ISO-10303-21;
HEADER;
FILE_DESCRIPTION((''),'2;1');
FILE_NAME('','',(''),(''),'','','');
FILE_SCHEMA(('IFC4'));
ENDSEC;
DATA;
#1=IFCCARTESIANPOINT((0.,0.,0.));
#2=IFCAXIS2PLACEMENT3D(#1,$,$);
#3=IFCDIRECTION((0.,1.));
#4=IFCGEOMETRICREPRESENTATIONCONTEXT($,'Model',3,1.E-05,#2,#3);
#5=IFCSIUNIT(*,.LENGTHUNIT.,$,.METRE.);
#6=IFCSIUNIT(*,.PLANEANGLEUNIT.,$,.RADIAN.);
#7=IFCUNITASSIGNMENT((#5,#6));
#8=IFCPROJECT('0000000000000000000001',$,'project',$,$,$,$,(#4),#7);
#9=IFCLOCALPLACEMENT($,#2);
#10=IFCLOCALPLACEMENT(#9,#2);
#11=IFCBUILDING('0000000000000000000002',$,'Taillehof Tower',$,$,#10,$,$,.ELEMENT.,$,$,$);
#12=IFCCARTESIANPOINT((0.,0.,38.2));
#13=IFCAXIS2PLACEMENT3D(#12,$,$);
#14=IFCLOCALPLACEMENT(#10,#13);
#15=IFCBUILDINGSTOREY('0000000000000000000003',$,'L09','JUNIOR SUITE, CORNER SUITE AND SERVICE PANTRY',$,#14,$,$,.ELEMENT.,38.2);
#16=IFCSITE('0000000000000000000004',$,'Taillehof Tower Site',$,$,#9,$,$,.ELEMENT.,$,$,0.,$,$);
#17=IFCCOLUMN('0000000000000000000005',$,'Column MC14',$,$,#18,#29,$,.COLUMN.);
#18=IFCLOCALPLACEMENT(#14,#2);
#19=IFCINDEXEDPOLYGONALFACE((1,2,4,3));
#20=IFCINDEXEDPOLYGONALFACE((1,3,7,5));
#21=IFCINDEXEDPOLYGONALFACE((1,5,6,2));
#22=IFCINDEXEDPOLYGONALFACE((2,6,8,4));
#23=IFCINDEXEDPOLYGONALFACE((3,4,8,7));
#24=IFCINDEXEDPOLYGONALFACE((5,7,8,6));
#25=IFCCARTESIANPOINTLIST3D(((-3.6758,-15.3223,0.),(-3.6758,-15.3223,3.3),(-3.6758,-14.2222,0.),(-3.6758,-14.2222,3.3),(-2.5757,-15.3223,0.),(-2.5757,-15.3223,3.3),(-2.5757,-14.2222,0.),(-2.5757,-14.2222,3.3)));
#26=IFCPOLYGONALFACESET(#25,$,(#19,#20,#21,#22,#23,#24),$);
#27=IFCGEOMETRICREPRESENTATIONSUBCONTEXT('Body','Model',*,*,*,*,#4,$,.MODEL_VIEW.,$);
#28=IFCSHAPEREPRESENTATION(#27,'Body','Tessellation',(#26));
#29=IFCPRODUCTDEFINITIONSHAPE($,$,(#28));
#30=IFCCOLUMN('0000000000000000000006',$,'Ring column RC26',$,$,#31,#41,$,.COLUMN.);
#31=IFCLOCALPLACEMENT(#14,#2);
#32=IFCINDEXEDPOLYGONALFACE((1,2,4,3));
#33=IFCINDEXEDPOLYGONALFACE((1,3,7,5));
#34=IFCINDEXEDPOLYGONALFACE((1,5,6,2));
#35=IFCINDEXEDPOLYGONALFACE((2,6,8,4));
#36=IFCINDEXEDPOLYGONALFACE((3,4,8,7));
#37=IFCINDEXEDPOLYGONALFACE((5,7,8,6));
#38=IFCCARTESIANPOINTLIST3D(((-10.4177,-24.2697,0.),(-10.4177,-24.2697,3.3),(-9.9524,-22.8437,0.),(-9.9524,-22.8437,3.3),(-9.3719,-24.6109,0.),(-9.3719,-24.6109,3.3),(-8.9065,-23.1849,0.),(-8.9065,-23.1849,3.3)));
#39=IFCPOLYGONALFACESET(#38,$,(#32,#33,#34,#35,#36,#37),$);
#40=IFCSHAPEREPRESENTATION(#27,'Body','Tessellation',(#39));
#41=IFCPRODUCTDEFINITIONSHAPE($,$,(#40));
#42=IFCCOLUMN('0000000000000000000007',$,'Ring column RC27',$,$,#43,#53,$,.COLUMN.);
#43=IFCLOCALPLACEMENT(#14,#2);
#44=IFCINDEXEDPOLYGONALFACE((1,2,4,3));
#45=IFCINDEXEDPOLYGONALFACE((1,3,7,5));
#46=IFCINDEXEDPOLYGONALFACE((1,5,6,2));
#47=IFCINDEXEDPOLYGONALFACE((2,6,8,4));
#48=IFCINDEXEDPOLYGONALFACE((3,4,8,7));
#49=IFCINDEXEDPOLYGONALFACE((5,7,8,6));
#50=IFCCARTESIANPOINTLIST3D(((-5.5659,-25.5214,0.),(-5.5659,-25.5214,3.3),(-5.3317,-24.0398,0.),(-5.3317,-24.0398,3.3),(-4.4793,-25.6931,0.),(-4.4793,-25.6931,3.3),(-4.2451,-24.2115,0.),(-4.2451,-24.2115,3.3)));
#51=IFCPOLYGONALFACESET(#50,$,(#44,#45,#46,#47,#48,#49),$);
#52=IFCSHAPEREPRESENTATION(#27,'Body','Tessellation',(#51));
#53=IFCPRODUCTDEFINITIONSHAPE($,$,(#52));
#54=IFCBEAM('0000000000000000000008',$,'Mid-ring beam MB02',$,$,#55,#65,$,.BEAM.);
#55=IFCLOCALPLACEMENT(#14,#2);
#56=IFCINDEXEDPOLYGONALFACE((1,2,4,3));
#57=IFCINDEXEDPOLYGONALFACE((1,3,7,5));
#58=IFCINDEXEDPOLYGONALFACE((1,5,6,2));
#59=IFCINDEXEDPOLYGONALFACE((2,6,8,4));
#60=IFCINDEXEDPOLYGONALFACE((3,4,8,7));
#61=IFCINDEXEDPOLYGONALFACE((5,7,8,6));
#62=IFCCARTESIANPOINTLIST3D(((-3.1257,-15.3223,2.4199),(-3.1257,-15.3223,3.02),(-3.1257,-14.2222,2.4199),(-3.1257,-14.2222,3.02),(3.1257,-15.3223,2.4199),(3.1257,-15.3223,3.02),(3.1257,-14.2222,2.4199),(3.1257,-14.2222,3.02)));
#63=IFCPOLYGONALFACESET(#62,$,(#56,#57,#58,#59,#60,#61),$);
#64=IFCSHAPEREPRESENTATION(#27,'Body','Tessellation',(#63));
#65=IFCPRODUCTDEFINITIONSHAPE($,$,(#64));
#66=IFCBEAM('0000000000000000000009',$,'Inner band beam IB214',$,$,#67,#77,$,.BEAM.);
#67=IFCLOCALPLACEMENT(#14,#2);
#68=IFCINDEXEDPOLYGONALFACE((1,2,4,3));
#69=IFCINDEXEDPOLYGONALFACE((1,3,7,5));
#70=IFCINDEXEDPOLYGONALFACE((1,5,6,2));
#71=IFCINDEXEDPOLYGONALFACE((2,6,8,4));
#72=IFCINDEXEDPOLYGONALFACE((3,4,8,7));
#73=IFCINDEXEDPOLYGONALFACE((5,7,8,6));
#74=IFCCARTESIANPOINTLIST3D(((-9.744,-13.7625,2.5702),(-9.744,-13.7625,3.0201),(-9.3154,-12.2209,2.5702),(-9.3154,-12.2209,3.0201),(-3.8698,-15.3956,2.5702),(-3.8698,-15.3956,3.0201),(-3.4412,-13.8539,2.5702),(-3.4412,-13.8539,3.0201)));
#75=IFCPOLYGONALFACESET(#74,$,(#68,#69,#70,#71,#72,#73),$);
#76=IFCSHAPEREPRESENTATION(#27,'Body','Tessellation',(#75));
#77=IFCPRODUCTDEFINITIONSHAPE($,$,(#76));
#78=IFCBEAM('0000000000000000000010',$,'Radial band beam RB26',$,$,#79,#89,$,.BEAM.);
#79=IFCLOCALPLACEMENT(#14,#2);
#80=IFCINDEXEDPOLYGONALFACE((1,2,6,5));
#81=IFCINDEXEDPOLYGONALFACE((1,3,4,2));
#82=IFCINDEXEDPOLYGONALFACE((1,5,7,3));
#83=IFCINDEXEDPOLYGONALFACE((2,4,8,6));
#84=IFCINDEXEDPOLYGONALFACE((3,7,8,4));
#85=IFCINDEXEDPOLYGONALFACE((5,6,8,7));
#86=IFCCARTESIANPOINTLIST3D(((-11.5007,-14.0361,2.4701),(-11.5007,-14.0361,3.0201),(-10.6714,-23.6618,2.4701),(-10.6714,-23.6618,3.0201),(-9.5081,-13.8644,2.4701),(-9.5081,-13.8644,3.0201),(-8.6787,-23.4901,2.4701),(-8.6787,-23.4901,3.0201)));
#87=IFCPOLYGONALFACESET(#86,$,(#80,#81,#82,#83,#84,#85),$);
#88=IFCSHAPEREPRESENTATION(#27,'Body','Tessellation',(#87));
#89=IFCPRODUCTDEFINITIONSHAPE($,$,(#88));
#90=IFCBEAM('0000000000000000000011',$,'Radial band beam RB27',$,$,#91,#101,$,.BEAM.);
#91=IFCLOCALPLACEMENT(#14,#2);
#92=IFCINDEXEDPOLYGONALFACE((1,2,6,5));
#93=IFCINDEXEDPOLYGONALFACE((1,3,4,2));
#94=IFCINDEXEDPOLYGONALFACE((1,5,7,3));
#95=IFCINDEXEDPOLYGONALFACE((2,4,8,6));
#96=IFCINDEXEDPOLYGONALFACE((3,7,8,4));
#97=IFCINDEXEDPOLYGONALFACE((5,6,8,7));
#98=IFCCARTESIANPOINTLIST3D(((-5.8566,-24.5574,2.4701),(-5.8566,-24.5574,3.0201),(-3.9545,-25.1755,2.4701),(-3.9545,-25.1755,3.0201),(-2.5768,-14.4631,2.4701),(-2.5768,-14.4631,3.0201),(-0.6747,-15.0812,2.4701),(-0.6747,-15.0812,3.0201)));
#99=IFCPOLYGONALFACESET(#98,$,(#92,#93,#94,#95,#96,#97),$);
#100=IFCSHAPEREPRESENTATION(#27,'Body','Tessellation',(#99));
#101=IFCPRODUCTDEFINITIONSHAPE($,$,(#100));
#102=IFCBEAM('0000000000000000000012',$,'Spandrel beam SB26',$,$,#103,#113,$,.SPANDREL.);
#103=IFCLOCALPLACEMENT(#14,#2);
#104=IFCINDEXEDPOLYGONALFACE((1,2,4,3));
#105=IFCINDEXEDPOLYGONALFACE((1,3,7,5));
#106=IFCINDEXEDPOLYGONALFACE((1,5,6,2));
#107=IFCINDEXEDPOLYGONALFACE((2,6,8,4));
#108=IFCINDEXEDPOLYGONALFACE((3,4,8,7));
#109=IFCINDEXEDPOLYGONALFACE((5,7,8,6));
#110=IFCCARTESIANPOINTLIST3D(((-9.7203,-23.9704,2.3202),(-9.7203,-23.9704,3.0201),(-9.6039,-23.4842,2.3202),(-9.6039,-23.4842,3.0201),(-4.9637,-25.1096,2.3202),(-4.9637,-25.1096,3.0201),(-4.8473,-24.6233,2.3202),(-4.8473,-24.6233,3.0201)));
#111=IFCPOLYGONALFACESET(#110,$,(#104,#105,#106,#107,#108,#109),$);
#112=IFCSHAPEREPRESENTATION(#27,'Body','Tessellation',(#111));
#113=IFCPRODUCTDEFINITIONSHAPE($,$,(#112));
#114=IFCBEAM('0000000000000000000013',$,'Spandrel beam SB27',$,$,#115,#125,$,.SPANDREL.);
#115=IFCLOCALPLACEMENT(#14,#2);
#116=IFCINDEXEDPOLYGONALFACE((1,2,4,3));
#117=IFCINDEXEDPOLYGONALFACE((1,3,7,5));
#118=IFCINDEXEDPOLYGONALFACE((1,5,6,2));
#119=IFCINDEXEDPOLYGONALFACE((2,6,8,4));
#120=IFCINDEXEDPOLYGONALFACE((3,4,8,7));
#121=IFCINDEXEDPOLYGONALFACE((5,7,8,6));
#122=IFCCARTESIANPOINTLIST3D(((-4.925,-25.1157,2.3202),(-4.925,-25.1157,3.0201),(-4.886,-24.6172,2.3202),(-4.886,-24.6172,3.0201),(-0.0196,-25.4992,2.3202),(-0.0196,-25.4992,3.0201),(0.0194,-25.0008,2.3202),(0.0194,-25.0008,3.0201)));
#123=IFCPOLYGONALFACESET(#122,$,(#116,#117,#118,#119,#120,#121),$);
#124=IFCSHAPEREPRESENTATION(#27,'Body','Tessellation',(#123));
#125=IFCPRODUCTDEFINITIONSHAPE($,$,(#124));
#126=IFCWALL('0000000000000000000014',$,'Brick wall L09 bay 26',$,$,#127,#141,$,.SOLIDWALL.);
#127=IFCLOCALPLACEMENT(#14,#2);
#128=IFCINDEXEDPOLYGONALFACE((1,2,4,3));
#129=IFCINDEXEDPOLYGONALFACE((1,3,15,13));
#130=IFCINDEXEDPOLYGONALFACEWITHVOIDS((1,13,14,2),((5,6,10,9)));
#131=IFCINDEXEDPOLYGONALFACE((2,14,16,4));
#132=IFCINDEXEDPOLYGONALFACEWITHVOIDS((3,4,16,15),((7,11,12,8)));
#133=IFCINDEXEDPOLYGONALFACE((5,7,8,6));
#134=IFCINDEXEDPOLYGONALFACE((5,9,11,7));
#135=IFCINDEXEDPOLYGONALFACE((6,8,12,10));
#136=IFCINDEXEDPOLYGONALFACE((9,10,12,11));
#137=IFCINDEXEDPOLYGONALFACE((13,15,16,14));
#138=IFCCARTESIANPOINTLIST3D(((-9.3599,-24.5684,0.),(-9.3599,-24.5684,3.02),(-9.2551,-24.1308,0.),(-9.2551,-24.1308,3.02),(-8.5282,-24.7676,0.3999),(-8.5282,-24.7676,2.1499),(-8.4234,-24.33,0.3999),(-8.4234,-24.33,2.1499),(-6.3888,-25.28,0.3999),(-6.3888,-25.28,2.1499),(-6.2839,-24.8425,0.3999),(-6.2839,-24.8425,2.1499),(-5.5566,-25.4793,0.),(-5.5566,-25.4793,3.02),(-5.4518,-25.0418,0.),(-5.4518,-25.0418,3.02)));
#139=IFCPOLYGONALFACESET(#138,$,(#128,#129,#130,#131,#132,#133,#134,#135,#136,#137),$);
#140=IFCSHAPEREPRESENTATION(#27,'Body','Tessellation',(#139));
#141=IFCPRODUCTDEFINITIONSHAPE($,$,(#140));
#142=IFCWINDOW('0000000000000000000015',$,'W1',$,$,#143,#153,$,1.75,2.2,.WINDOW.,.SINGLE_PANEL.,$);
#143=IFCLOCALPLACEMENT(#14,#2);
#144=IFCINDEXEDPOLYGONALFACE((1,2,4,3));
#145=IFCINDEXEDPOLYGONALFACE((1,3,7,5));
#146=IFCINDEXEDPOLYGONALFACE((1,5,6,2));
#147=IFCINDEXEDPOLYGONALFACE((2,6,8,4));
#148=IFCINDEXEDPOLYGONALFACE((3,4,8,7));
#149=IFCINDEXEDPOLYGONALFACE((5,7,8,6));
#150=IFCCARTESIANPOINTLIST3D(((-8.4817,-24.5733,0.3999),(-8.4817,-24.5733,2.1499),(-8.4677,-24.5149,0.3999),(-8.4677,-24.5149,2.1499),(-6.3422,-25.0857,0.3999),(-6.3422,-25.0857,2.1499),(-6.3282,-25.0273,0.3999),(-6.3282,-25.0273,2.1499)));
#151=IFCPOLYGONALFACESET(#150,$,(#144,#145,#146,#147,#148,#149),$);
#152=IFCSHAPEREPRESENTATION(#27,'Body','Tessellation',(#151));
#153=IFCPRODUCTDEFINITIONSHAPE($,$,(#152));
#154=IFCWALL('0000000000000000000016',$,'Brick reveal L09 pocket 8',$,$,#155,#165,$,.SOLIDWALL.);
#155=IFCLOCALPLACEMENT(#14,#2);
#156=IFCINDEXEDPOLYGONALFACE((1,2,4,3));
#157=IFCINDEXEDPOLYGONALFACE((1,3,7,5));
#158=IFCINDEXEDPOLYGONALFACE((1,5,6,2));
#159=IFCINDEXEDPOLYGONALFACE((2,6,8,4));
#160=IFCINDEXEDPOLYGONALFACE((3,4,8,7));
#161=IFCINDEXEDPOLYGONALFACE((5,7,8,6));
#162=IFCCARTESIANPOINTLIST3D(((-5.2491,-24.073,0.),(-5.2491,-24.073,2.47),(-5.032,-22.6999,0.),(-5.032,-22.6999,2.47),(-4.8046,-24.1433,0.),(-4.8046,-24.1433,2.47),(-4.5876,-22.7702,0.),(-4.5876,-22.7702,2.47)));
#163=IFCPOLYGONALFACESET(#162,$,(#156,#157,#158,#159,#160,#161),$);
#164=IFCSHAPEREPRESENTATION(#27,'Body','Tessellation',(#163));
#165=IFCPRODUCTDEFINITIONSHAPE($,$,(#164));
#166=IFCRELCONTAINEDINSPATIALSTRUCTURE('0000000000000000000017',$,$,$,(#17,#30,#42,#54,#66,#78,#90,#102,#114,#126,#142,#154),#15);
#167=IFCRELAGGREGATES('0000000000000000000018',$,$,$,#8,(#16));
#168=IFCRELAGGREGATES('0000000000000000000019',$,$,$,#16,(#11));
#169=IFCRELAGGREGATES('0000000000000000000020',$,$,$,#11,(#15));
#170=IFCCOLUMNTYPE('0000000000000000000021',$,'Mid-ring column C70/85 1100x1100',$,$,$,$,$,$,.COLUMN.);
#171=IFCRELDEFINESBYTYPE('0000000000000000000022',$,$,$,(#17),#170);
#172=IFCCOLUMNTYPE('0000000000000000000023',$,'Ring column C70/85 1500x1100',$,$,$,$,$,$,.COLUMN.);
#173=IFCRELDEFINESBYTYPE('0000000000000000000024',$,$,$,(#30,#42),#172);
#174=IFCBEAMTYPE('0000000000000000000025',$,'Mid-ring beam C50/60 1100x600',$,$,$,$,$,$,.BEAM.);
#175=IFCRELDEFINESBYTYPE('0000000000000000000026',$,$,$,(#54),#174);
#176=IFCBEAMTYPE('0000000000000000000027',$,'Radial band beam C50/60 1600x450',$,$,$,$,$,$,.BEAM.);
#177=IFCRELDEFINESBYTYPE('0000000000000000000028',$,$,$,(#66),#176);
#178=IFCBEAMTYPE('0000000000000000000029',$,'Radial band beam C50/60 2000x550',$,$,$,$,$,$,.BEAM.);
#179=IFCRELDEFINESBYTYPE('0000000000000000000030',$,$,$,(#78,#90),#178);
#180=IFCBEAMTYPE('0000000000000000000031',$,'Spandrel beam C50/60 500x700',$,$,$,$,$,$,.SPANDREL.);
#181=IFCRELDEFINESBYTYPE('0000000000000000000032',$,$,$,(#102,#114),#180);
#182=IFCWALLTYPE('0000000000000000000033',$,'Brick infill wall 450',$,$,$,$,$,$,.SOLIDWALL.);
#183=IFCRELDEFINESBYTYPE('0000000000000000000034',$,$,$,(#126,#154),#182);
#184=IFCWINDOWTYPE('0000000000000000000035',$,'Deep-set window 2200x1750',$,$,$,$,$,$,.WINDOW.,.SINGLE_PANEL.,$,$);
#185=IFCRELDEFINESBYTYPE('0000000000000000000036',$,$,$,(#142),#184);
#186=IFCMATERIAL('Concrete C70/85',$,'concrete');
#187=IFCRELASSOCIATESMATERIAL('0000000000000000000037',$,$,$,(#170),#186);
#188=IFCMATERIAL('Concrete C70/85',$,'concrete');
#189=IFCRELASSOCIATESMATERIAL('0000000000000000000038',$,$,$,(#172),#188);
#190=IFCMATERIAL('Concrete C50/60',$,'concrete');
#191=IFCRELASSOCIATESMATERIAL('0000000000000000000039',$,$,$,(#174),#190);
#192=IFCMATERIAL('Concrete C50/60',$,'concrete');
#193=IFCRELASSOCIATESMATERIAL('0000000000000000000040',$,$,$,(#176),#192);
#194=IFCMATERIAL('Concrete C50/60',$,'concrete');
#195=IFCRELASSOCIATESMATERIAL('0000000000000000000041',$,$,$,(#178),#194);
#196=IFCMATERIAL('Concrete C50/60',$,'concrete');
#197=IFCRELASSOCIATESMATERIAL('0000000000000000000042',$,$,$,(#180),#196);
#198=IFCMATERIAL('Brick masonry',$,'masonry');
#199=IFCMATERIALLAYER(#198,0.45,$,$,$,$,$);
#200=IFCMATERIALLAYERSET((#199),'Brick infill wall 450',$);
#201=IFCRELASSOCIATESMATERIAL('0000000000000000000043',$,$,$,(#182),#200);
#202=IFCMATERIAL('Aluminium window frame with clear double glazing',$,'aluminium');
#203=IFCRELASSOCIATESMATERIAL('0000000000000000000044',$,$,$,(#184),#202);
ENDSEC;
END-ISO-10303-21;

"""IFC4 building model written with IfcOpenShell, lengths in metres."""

from ifc_helpers import new_model, si_unit, direction, frame, frame_2d, origin, origin_2d, place, context, subcontext, project, spatial, rectangle, extrude, material, layer, layer_set, material_profile, profile_set, type_object, element, fill, save


model = new_model("IFC4")

# Units and contexts
model_context = context("Model", 3, precision=1e-05, world=origin(), true_north=direction((0.0, 1.0)))
body_context = subcontext(model_context, "Body", "Model", "MODEL_VIEW")
ifc_project = project(units=[si_unit("LENGTHUNIT", "METRE"), si_unit("PLANEANGLEUNIT", "RADIAN")], contexts=[model_context])

# Site, building, storey
site_placement = place(None, origin())
site = spatial("IfcSite", under=ifc_project, at=site_placement, Name="Taillehof Tower Site", CompositionType="ELEMENT", RefElevation=0.0)
building_placement = place(site_placement, origin())
building = spatial("IfcBuilding", under=site, at=building_placement, Name="Taillehof Tower", CompositionType="ELEMENT")
storey_placement = place(building_placement, frame((0.0, 0.0, 38.2)))
storey = spatial("IfcBuildingStorey", under=building, at=storey_placement, Name="L09", Description="JUNIOR SUITE, CORNER SUITE AND SERVICE PANTRY", CompositionType="ELEMENT", Elevation=38.2)

# Columns
ifc_material_1 = material(Name="Concrete C70/85", Category="concrete")
ifc_material_profile_1 = material_profile(ifc_material_1, rectangle(XDim=1.1001, YDim=1.1001, at=origin_2d()), Name="RC 1100x1100")
ifc_profile_set_1 = profile_set([ifc_material_profile_1], Name="Concrete C70/85")
column_type_1 = type_object("IfcColumnType", Name="Mid-ring column C70/85 1100x1100", PredefinedType="COLUMN", material=ifc_profile_set_1)
column_placement = place(storey_placement, frame((-3.1257, -14.7722, 0.0), z_axis=(0.0, 0.0, 1.0), x_axis=(1.0, 0.0, 0.0)))
element("IfcColumn", 1, at=column_placement, inside=storey, type_object=column_type_1, Name="Column MC14", PredefinedType="COLUMN", context=body_context, shape_type="SweptSolid", body=[
    extrude(rectangle(XDim=1.1001, YDim=1.1001, at=origin_2d()), origin(), (0.0, 0.0, 1.0), 3.3),
])
ifc_material_2 = material(Name="Concrete C70/85", Category="concrete")
ifc_material_profile_2 = material_profile(ifc_material_2, rectangle(XDim=1.5, YDim=1.1001, at=origin_2d()), Name="RC 1500x1100")
ifc_profile_set_2 = profile_set([ifc_material_profile_2], Name="Concrete C70/85")
column_type_2 = type_object("IfcColumnType", Name="Ring column C70/85 1500x1100", PredefinedType="COLUMN", material=ifc_profile_set_2)
for number, where, z_axis, x_axis, name in (
    (2, (-9.6621, -23.7273, 0.0), (0.0, 0.0, 1.0), (-0.310219, -0.950665, 0.0), "Ring column RC26"),
    (3, (-4.9055, -24.8665, 0.0), (0.0, 0.0, 1.0), (-0.156147, -0.987734, 0.0), "Ring column RC27"),
):
    element("IfcColumn", number, at=place(storey_placement, frame(where, z_axis=z_axis, x_axis=x_axis)), inside=storey, type_object=column_type_2, Name=name, PredefinedType="COLUMN", context=body_context, shape_type="SweptSolid", body=[
        extrude(rectangle(XDim=1.5, YDim=1.1001, at=origin_2d()), origin(), (0.0, 0.0, 1.0), 3.3),
    ])

# Beams
ifc_material_3 = material(Name="Concrete C50/60", Category="concrete")
ifc_material_profile_3 = material_profile(ifc_material_3, rectangle(XDim=1.1001, YDim=0.6001, at=origin_2d()), Name="RC 1100x600")
ifc_profile_set_3 = profile_set([ifc_material_profile_3], Name="Concrete C50/60")
beam_type_1 = type_object("IfcBeamType", Name="Mid-ring beam C50/60 1100x600", PredefinedType="BEAM", material=ifc_profile_set_3)
beam_1_placement = place(storey_placement, frame((-3.1257, -14.7722, 2.72), z_axis=(1.0, 0.0, 0.0), x_axis=(0.0, 1.0, 0.0)))
element("IfcBeam", 4, at=beam_1_placement, inside=storey, type_object=beam_type_1, Name="Mid-ring beam MB02", PredefinedType="BEAM", context=body_context, shape_type="SweptSolid", body=[
    extrude(rectangle(XDim=1.1001, YDim=0.6001, at=origin_2d()), origin(), (0.0, 0.0, 1.0), 6.2515),
])
ifc_material_4 = material(Name="Concrete C50/60", Category="concrete")
ifc_material_profile_4 = material_profile(ifc_material_4, rectangle(XDim=1.6001, YDim=0.45, at=origin_2d()), Name="RC 1600x450")
ifc_profile_set_4 = profile_set([ifc_material_profile_4], Name="Concrete C50/60")
beam_type_2 = type_object("IfcBeamType", Name="Radial band beam C50/60 1600x450", PredefinedType="BEAM", material=ifc_profile_set_4)
beam_2_placement = place(storey_placement, frame((-3.6555, -14.6248, 2.7952), z_axis=(-0.963459, 0.267855, 0.0), x_axis=(-0.267855, -0.963459, 0.0)))
element("IfcBeam", 5, at=beam_2_placement, inside=storey, type_object=beam_type_2, Name="Inner band beam IB214", PredefinedType="BEAM", context=body_context, shape_type="SweptSolid", body=[
    extrude(rectangle(XDim=1.6001, YDim=0.45, at=origin_2d()), origin(), (0.0, 0.0, 1.0), 6.0969),
])
ifc_material_5 = material(Name="Concrete C50/60", Category="concrete")
ifc_material_profile_5 = material_profile(ifc_material_5, rectangle(XDim=2.0, YDim=0.55, at=origin_2d()), Name="RC 2000x550")
ifc_profile_set_5 = profile_set([ifc_material_profile_5], Name="Concrete C50/60")
beam_type_3 = type_object("IfcBeamType", Name="Radial band beam C50/60 2000x550", PredefinedType="BEAM", material=ifc_profile_set_5)
beam_3_placement = place(storey_placement, frame((-9.675, -23.5759, 2.7451), z_axis=(-0.085841, 0.996309, 0.0), x_axis=(-0.996309, -0.085841, 0.0)))
element("IfcBeam", 6, at=beam_3_placement, inside=storey, type_object=beam_type_3, Name="Radial band beam RB26", PredefinedType="BEAM", context=body_context, shape_type="SweptSolid", body=[
    extrude(rectangle(XDim=2.0, YDim=0.55, at=origin_2d()), origin(), (0.0, 0.0, 1.0), 9.6614),
])
beam_4_placement = place(storey_placement, frame((-4.9055, -24.8665, 2.7451), z_axis=(0.309014, 0.951057, 0.0), x_axis=(-0.951057, 0.309014, 0.0)))
element("IfcBeam", 7, at=beam_4_placement, inside=storey, type_object=beam_type_3, Name="Radial band beam RB27", PredefinedType="BEAM", context=body_context, shape_type="SweptSolid", body=[
    extrude(rectangle(XDim=2.0, YDim=0.55, at=origin_2d()), origin(), (0.0, 0.0, 1.0), 10.6138),
])
ifc_material_6 = material(Name="Concrete C50/60", Category="concrete")
ifc_material_profile_6 = material_profile(ifc_material_6, rectangle(XDim=0.5, YDim=0.7, at=origin_2d()), Name="RC 500x700")
ifc_profile_set_6 = profile_set([ifc_material_profile_6], Name="Concrete C50/60")
beam_type_4 = type_object("IfcBeamType", Name="Spandrel beam C50/60 500x700", PredefinedType="SPANDREL", material=ifc_profile_set_6)
beam_5_placement = place(storey_placement, frame((-9.6621, -23.7273, 2.6702), z_axis=(0.9725, -0.232905, 0.0), x_axis=(0.232905, 0.9725, 0.0)))
element("IfcBeam", 8, at=beam_5_placement, inside=storey, type_object=beam_type_4, Name="Spandrel beam SB26", PredefinedType="SPANDREL", context=body_context, shape_type="SweptSolid", body=[
    extrude(rectangle(XDim=0.5, YDim=0.7, at=origin_2d()), origin(), (0.0, 0.0, 1.0), 4.8911),
])
beam_6_placement = place(storey_placement, frame((-4.9055, -24.8665, 2.6702), z_axis=(0.996957, -0.077949, 0.0), x_axis=(0.077949, 0.996957, 0.0)))
element("IfcBeam", 9, at=beam_6_placement, inside=storey, type_object=beam_type_4, Name="Spandrel beam SB27", PredefinedType="SPANDREL", context=body_context, shape_type="SweptSolid", body=[
    extrude(rectangle(XDim=0.5, YDim=0.7, at=origin_2d()), origin(), (0.0, 0.0, 1.0), 4.9204),
])

# Wall, opening, window
ifc_material_7 = material(Name="Brick masonry", Category="masonry")
ifc_layer_1 = layer(ifc_material_7, 0.45)
ifc_layer_set_1 = layer_set([ifc_layer_1], Name="Brick infill wall 450")
wall_type_1 = type_object("IfcWallType", Name="Brick infill wall 450", PredefinedType="SOLIDWALL", material=ifc_layer_set_1)
wall_1_placement = place(storey_placement, frame((-9.3076, -24.3496, 0.0), z_axis=(0.0, 0.0, 1.0), x_axis=(0.972497, -0.232917, 0.0)))
wall_1 = element("IfcWall", 10, at=wall_1_placement, inside=storey, type_object=wall_type_1, Name="Brick wall L09 bay 26", PredefinedType="SOLIDWALL", context=body_context, shape_type="SweptSolid", body=[
    extrude(rectangle(XDim=3.9109, YDim=0.45, at=frame_2d((1.9556, 0.0))), origin(), (0.0, 0.0, 1.0), 3.02),
])
opening_1_placement = place(wall_1_placement, frame((0.8552, 0.0, 0.3999)))
opening_1 = element("IfcOpeningElement", 11, at=opening_1_placement, cuts=wall_1, PredefinedType="OPENING", context=body_context, shape_type="SweptSolid", body=[
    extrude(rectangle(XDim=2.2, YDim=1.75, at=frame_2d((1.1001, 0.875))), frame((0.0, 0.2349, 0.0), z_axis=(0.0, -1.0, 0.0), x_axis=(1.0, 0.0, 0.0)), (0.0, 0.0, 1.0), 0.47),
])
ifc_material_8 = material(Name="Aluminium window frame with clear double glazing", Category="aluminium")
window_type_1 = type_object("IfcWindowType", Name="Deep-set window 2200x1750", PartitioningType="SINGLE_PANEL", PredefinedType="WINDOW", material=ifc_material_8)
window_1_placement = place(opening_1_placement, origin())
window_1 = element("IfcWindow", 12, at=window_1_placement, inside=storey, type_object=window_type_1, Name="W1", OverallHeight=1.75, OverallWidth=2.2, PartitioningType="SINGLE_PANEL", PredefinedType="WINDOW", context=body_context, shape_type="SweptSolid", body=[
    extrude(rectangle(XDim=2.2, YDim=1.75, at=frame_2d((1.1001, 0.875))), frame((0.0, 0.0349, 0.0), z_axis=(0.0, -1.0, 0.0), x_axis=(1.0, 0.0, 0.0)), (0.0, 0.0, 1.0), 0.0601),
])
fill(opening_1, window_1)

# Wall
wall_2_placement = place(storey_placement, frame((-5.0269, -24.1082, 0.0), z_axis=(0.0, 0.0, 1.0), x_axis=(0.156134, 0.987736, 0.0)))
element("IfcWall", 13, at=wall_2_placement, inside=storey, type_object=wall_type_1, Name="Brick reveal L09 pocket 8", PredefinedType="SOLIDWALL", context=body_context, shape_type="SweptSolid", body=[
    extrude(rectangle(XDim=1.3901, YDim=0.45, at=frame_2d((0.6951, 0.0))), origin(), (0.0, 0.0, 1.0), 2.47),
])

save(model, "model.ifc")
